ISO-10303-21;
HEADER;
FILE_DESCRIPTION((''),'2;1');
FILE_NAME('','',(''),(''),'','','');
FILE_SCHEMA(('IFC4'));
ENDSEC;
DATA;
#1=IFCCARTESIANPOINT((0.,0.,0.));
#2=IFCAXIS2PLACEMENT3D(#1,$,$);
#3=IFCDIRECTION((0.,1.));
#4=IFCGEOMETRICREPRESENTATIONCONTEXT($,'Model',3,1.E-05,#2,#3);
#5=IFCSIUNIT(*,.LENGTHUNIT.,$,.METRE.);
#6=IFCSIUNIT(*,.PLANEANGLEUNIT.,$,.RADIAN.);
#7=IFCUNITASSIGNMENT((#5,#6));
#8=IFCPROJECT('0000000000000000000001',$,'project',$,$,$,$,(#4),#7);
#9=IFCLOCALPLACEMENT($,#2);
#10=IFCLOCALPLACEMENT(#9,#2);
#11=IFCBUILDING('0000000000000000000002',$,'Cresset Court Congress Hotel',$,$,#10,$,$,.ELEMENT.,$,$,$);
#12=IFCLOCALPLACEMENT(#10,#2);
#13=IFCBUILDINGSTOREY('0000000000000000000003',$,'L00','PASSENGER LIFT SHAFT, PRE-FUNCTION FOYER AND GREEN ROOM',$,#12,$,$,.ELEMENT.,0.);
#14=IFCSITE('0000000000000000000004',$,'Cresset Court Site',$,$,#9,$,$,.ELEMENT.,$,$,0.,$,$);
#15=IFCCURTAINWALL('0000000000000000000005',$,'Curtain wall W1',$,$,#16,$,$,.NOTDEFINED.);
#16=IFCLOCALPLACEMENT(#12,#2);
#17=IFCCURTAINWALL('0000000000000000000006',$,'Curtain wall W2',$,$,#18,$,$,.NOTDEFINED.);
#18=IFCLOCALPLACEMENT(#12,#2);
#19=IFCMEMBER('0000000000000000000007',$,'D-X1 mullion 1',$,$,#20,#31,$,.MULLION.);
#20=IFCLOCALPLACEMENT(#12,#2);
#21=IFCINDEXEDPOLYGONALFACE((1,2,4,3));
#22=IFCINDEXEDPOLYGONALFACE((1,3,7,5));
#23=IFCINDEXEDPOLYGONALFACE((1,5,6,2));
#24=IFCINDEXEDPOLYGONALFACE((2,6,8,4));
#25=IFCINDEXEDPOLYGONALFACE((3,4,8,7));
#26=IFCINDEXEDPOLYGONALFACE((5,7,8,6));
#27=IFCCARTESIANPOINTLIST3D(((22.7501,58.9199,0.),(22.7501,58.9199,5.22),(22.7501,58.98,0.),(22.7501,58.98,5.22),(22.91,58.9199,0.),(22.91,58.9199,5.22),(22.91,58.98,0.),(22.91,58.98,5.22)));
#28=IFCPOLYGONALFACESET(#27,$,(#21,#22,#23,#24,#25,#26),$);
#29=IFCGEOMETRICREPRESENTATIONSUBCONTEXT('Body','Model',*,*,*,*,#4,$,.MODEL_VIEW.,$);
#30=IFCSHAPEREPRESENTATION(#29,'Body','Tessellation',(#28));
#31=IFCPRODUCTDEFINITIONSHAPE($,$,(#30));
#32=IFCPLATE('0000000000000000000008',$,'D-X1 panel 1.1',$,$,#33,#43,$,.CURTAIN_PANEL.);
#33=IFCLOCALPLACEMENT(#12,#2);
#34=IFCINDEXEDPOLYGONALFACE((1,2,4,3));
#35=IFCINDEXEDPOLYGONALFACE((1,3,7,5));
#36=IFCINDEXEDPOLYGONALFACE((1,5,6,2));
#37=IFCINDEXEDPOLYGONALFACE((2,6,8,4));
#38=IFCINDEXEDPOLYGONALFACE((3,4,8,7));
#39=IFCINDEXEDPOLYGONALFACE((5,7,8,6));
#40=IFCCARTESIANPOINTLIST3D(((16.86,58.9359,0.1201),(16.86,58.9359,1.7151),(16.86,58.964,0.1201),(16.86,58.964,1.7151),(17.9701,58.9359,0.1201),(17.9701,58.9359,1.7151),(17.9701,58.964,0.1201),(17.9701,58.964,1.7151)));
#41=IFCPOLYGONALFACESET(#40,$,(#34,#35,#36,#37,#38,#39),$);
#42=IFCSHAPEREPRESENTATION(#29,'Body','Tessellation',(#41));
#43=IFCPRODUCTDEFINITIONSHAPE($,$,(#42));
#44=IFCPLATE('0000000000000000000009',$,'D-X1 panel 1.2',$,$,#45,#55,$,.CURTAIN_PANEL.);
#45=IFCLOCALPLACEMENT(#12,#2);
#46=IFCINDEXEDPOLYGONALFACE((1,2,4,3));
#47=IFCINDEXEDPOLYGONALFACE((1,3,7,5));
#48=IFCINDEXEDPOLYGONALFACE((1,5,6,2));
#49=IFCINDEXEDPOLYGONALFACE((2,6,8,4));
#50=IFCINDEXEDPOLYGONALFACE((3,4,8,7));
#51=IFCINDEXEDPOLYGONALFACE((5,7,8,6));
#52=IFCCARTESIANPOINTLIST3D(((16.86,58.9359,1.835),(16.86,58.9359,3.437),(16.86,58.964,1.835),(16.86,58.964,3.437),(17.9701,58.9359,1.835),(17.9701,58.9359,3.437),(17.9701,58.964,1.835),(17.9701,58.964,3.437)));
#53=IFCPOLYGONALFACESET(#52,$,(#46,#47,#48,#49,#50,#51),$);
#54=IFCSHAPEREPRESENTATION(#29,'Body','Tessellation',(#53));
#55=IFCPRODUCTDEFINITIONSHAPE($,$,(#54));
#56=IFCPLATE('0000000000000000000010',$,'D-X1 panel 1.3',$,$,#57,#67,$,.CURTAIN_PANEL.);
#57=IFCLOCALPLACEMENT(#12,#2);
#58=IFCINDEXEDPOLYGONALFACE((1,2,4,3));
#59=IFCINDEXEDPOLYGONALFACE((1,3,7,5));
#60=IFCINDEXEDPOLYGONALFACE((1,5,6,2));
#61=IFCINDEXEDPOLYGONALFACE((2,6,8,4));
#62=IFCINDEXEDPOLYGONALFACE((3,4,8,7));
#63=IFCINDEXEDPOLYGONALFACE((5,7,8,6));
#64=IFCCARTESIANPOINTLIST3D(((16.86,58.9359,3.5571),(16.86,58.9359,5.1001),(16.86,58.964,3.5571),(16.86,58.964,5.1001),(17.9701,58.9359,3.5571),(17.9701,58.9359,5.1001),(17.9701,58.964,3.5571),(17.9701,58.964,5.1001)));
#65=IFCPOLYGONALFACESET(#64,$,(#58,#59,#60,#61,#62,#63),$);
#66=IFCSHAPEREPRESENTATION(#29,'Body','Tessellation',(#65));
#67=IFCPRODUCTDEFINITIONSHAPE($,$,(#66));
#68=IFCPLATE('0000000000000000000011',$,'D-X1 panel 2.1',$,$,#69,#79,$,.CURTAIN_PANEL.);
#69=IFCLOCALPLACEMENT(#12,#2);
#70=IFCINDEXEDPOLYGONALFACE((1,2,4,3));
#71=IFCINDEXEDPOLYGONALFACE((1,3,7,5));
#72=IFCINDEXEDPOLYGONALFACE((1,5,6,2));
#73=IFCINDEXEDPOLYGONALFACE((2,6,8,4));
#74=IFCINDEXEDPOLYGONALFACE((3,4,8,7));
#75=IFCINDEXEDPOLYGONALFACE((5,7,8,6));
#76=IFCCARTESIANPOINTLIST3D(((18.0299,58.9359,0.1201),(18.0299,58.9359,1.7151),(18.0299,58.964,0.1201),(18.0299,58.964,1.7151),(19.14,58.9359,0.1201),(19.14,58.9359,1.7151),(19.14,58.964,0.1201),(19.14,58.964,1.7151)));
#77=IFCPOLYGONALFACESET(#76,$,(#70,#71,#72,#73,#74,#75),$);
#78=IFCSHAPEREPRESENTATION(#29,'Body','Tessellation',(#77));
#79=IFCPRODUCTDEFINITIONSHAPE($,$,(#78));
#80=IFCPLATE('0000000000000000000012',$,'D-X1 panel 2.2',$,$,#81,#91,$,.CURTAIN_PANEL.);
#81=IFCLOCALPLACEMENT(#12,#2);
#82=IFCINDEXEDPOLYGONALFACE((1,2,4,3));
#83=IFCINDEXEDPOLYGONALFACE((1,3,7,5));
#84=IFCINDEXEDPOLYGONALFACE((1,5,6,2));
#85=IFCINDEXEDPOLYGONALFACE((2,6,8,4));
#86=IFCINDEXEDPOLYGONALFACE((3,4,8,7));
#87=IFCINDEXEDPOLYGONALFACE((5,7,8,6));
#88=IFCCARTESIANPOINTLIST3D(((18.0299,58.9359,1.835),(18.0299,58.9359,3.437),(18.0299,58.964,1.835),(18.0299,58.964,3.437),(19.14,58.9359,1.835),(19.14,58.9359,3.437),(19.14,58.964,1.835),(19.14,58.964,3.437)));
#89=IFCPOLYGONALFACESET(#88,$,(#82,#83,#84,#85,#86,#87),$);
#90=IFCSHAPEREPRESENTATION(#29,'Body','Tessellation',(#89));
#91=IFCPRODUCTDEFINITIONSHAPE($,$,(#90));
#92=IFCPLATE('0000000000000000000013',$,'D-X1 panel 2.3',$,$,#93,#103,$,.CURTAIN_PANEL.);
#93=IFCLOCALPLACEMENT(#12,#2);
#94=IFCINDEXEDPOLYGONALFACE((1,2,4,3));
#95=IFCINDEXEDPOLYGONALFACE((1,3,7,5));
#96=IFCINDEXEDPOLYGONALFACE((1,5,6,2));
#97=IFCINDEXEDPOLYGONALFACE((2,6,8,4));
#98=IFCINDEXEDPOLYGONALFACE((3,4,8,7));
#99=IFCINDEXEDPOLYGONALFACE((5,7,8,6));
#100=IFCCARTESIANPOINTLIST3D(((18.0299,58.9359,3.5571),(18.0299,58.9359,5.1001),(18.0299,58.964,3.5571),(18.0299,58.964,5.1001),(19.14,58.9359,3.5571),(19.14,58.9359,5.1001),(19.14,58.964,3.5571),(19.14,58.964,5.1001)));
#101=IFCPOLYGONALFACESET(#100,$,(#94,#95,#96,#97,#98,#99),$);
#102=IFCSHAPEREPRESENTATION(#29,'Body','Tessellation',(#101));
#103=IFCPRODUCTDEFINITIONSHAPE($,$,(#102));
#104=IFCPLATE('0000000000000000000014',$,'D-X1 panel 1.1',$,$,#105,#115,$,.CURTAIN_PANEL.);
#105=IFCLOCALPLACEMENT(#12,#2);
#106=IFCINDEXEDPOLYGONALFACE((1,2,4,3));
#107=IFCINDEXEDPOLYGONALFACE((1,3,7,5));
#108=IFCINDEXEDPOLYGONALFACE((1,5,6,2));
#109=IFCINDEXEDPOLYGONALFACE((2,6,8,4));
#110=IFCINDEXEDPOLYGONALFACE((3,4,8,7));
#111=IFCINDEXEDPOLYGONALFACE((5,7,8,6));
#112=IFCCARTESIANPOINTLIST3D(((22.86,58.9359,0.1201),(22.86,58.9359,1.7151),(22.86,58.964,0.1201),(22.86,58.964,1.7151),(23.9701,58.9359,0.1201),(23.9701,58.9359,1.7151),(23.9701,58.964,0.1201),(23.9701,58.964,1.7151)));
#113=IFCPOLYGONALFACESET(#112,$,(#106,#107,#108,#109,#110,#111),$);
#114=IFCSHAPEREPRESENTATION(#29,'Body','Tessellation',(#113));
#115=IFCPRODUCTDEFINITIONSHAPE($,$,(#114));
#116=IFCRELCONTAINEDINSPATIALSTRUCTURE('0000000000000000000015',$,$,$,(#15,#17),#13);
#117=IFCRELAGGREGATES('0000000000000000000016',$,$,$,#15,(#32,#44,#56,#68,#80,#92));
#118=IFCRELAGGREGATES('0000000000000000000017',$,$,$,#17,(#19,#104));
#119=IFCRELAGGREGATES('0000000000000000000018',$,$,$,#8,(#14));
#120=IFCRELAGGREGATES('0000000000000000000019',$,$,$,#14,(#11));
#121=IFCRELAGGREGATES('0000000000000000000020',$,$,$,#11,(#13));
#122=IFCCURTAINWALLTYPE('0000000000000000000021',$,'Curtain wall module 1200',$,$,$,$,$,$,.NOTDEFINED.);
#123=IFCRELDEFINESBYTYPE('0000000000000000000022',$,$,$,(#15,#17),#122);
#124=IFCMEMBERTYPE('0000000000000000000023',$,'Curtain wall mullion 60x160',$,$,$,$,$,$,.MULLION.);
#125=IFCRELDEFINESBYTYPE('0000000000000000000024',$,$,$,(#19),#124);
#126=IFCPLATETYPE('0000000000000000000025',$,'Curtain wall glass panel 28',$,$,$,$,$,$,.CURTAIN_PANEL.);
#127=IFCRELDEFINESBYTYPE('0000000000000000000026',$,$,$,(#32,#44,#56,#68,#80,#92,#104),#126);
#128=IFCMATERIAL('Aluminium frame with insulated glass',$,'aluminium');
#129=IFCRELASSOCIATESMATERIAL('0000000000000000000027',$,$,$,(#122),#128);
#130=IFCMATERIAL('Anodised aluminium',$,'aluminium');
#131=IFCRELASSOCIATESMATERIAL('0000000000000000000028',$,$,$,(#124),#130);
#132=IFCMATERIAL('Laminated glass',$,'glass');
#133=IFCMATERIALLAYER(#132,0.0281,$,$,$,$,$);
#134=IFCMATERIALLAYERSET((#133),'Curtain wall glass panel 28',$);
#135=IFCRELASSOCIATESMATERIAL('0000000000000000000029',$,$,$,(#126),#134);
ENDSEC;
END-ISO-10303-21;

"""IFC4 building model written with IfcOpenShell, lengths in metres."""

from ifc_helpers import new_model, si_unit, direction, frame, origin, origin_2d, place, context, subcontext, project, spatial, rectangle, extrude, material, layer, layer_set, material_profile, profile_set, type_object, element, aggregate, save


model = new_model("IFC4")

# Units and contexts
model_context = context("Model", 3, precision=1e-05, world=origin(), true_north=direction((0.0, 1.0)))
body_context = subcontext(model_context, "Body", "Model", "MODEL_VIEW")
ifc_project = project(units=[si_unit("LENGTHUNIT", "METRE"), si_unit("PLANEANGLEUNIT", "RADIAN")], contexts=[model_context])

# Site, building, storey
site_placement = place(None, origin())
site = spatial("IfcSite", under=ifc_project, at=site_placement, Name="Cresset Court Site", CompositionType="ELEMENT", RefElevation=0.0)
building_placement = place(site_placement, origin())
building = spatial("IfcBuilding", under=site, at=building_placement, Name="Cresset Court Congress Hotel", CompositionType="ELEMENT")
storey_placement = place(building_placement, origin())
storey = spatial("IfcBuildingStorey", under=building, at=storey_placement, Name="L00", Description="PASSENGER LIFT SHAFT, PRE-FUNCTION FOYER AND GREEN ROOM", CompositionType="ELEMENT", Elevation=0.0)

# Curtain walls
ifc_material_1 = material(Name="Aluminium frame with insulated glass", Category="aluminium")
curtain_wall_type = type_object("IfcCurtainWallType", Name="Curtain wall module 1200", PredefinedType="NOTDEFINED", material=ifc_material_1)
curtain_wall_1_placement = place(storey_placement, origin())
curtain_wall_1 = element("IfcCurtainWall", 1, at=curtain_wall_1_placement, inside=storey, type_object=curtain_wall_type, Name="Curtain wall W1", PredefinedType="NOTDEFINED")
curtain_wall_2_placement = place(storey_placement, origin())
curtain_wall_2 = element("IfcCurtainWall", 2, at=curtain_wall_2_placement, inside=storey, type_object=curtain_wall_type, Name="Curtain wall W2", PredefinedType="NOTDEFINED")

# Member
ifc_material_2 = material(Name="Anodised aluminium", Category="aluminium")
ifc_material_profile_1 = material_profile(ifc_material_2, rectangle(XDim=0.0601, YDim=0.1599, at=origin_2d()), Name="AL60x160")
ifc_profile_set_1 = profile_set([ifc_material_profile_1], Name="Anodised aluminium")
member_type_1 = type_object("IfcMemberType", Name="Curtain wall mullion 60x160", PredefinedType="MULLION", material=ifc_profile_set_1)
member_1_placement = place(storey_placement, frame((22.8301, 58.95, 0.0), z_axis=(0.0, 0.0, 1.0), x_axis=(0.0, 1.0, 0.0)))
member_1 = element("IfcMember", 3, at=member_1_placement, type_object=member_type_1, Name="D-X1 mullion 1", PredefinedType="MULLION", context=body_context, shape_type="SweptSolid", body=[
    extrude(rectangle(XDim=0.0601, YDim=0.1599, at=origin_2d()), origin(), (0.0, 0.0, 1.0), 5.22),
])

# Plates
ifc_material_3 = material(Name="Laminated glass", Category="glass")
ifc_layer_1 = layer(ifc_material_3, 0.0281)
ifc_layer_set_1 = layer_set([ifc_layer_1], Name="Curtain wall glass panel 28")
plate_type = type_object("IfcPlateType", Name="Curtain wall glass panel 28", PredefinedType="CURTAIN_PANEL", material=ifc_layer_set_1)
plate_1_placement = place(storey_placement, frame((17.415, 58.95, 0.1201), z_axis=(0.0, 0.0, 1.0), x_axis=(1.0, 0.0, 0.0)))
plate_1 = element("IfcPlate", 4, at=plate_1_placement, type_object=plate_type, Name="D-X1 panel 1.1", PredefinedType="CURTAIN_PANEL", context=body_context, shape_type="SweptSolid", body=[
    extrude(rectangle(XDim=1.1101, YDim=0.0281, at=origin_2d()), origin(), (0.0, 0.0, 1.0), 1.595),
])
plate_2_placement = place(storey_placement, frame((17.415, 58.95, 1.835), z_axis=(0.0, 0.0, 1.0), x_axis=(1.0, 0.0, 0.0)))
plate_2 = element("IfcPlate", 5, at=plate_2_placement, type_object=plate_type, Name="D-X1 panel 1.2", PredefinedType="CURTAIN_PANEL", context=body_context, shape_type="SweptSolid", body=[
    extrude(rectangle(XDim=1.1101, YDim=0.0281, at=origin_2d()), origin(), (0.0, 0.0, 1.0), 1.6021),
])
plate_3_placement = place(storey_placement, frame((17.415, 58.95, 3.5571), z_axis=(0.0, 0.0, 1.0), x_axis=(1.0, 0.0, 0.0)))
plate_3 = element("IfcPlate", 6, at=plate_3_placement, type_object=plate_type, Name="D-X1 panel 1.3", PredefinedType="CURTAIN_PANEL", context=body_context, shape_type="SweptSolid", body=[
    extrude(rectangle(XDim=1.1101, YDim=0.0281, at=origin_2d()), origin(), (0.0, 0.0, 1.0), 1.543),
])
plate_4_placement = place(storey_placement, frame((18.585, 58.95, 0.1201), z_axis=(0.0, 0.0, 1.0), x_axis=(1.0, 0.0, 0.0)))
plate_4 = element("IfcPlate", 7, at=plate_4_placement, type_object=plate_type, Name="D-X1 panel 2.1", PredefinedType="CURTAIN_PANEL", context=body_context, shape_type="SweptSolid", body=[
    extrude(rectangle(XDim=1.1101, YDim=0.0281, at=origin_2d()), origin(), (0.0, 0.0, 1.0), 1.595),
])
plate_5_placement = place(storey_placement, frame((18.585, 58.95, 1.835), z_axis=(0.0, 0.0, 1.0), x_axis=(1.0, 0.0, 0.0)))
plate_5 = element("IfcPlate", 8, at=plate_5_placement, type_object=plate_type, Name="D-X1 panel 2.2", PredefinedType="CURTAIN_PANEL", context=body_context, shape_type="SweptSolid", body=[
    extrude(rectangle(XDim=1.1101, YDim=0.0281, at=origin_2d()), origin(), (0.0, 0.0, 1.0), 1.6021),
])
plate_6_placement = place(storey_placement, frame((18.585, 58.95, 3.5571), z_axis=(0.0, 0.0, 1.0), x_axis=(1.0, 0.0, 0.0)))
plate_6 = element("IfcPlate", 9, at=plate_6_placement, type_object=plate_type, Name="D-X1 panel 2.3", PredefinedType="CURTAIN_PANEL", context=body_context, shape_type="SweptSolid", body=[
    extrude(rectangle(XDim=1.1101, YDim=0.0281, at=origin_2d()), origin(), (0.0, 0.0, 1.0), 1.543),
])
aggregate(curtain_wall_1, [plate_1, plate_2, plate_3, plate_4, plate_5, plate_6])
plate_7_placement = place(storey_placement, frame((23.415, 58.95, 0.1201), z_axis=(0.0, 0.0, 1.0), x_axis=(1.0, 0.0, 0.0)))
plate_7 = element("IfcPlate", 10, at=plate_7_placement, type_object=plate_type, Name="D-X1 panel 1.1", PredefinedType="CURTAIN_PANEL", context=body_context, shape_type="SweptSolid", body=[
    extrude(rectangle(XDim=1.1101, YDim=0.0281, at=origin_2d()), origin(), (0.0, 0.0, 1.0), 1.595),
])
aggregate(curtain_wall_2, [member_1, plate_7])

save(model, "model.ifc")
